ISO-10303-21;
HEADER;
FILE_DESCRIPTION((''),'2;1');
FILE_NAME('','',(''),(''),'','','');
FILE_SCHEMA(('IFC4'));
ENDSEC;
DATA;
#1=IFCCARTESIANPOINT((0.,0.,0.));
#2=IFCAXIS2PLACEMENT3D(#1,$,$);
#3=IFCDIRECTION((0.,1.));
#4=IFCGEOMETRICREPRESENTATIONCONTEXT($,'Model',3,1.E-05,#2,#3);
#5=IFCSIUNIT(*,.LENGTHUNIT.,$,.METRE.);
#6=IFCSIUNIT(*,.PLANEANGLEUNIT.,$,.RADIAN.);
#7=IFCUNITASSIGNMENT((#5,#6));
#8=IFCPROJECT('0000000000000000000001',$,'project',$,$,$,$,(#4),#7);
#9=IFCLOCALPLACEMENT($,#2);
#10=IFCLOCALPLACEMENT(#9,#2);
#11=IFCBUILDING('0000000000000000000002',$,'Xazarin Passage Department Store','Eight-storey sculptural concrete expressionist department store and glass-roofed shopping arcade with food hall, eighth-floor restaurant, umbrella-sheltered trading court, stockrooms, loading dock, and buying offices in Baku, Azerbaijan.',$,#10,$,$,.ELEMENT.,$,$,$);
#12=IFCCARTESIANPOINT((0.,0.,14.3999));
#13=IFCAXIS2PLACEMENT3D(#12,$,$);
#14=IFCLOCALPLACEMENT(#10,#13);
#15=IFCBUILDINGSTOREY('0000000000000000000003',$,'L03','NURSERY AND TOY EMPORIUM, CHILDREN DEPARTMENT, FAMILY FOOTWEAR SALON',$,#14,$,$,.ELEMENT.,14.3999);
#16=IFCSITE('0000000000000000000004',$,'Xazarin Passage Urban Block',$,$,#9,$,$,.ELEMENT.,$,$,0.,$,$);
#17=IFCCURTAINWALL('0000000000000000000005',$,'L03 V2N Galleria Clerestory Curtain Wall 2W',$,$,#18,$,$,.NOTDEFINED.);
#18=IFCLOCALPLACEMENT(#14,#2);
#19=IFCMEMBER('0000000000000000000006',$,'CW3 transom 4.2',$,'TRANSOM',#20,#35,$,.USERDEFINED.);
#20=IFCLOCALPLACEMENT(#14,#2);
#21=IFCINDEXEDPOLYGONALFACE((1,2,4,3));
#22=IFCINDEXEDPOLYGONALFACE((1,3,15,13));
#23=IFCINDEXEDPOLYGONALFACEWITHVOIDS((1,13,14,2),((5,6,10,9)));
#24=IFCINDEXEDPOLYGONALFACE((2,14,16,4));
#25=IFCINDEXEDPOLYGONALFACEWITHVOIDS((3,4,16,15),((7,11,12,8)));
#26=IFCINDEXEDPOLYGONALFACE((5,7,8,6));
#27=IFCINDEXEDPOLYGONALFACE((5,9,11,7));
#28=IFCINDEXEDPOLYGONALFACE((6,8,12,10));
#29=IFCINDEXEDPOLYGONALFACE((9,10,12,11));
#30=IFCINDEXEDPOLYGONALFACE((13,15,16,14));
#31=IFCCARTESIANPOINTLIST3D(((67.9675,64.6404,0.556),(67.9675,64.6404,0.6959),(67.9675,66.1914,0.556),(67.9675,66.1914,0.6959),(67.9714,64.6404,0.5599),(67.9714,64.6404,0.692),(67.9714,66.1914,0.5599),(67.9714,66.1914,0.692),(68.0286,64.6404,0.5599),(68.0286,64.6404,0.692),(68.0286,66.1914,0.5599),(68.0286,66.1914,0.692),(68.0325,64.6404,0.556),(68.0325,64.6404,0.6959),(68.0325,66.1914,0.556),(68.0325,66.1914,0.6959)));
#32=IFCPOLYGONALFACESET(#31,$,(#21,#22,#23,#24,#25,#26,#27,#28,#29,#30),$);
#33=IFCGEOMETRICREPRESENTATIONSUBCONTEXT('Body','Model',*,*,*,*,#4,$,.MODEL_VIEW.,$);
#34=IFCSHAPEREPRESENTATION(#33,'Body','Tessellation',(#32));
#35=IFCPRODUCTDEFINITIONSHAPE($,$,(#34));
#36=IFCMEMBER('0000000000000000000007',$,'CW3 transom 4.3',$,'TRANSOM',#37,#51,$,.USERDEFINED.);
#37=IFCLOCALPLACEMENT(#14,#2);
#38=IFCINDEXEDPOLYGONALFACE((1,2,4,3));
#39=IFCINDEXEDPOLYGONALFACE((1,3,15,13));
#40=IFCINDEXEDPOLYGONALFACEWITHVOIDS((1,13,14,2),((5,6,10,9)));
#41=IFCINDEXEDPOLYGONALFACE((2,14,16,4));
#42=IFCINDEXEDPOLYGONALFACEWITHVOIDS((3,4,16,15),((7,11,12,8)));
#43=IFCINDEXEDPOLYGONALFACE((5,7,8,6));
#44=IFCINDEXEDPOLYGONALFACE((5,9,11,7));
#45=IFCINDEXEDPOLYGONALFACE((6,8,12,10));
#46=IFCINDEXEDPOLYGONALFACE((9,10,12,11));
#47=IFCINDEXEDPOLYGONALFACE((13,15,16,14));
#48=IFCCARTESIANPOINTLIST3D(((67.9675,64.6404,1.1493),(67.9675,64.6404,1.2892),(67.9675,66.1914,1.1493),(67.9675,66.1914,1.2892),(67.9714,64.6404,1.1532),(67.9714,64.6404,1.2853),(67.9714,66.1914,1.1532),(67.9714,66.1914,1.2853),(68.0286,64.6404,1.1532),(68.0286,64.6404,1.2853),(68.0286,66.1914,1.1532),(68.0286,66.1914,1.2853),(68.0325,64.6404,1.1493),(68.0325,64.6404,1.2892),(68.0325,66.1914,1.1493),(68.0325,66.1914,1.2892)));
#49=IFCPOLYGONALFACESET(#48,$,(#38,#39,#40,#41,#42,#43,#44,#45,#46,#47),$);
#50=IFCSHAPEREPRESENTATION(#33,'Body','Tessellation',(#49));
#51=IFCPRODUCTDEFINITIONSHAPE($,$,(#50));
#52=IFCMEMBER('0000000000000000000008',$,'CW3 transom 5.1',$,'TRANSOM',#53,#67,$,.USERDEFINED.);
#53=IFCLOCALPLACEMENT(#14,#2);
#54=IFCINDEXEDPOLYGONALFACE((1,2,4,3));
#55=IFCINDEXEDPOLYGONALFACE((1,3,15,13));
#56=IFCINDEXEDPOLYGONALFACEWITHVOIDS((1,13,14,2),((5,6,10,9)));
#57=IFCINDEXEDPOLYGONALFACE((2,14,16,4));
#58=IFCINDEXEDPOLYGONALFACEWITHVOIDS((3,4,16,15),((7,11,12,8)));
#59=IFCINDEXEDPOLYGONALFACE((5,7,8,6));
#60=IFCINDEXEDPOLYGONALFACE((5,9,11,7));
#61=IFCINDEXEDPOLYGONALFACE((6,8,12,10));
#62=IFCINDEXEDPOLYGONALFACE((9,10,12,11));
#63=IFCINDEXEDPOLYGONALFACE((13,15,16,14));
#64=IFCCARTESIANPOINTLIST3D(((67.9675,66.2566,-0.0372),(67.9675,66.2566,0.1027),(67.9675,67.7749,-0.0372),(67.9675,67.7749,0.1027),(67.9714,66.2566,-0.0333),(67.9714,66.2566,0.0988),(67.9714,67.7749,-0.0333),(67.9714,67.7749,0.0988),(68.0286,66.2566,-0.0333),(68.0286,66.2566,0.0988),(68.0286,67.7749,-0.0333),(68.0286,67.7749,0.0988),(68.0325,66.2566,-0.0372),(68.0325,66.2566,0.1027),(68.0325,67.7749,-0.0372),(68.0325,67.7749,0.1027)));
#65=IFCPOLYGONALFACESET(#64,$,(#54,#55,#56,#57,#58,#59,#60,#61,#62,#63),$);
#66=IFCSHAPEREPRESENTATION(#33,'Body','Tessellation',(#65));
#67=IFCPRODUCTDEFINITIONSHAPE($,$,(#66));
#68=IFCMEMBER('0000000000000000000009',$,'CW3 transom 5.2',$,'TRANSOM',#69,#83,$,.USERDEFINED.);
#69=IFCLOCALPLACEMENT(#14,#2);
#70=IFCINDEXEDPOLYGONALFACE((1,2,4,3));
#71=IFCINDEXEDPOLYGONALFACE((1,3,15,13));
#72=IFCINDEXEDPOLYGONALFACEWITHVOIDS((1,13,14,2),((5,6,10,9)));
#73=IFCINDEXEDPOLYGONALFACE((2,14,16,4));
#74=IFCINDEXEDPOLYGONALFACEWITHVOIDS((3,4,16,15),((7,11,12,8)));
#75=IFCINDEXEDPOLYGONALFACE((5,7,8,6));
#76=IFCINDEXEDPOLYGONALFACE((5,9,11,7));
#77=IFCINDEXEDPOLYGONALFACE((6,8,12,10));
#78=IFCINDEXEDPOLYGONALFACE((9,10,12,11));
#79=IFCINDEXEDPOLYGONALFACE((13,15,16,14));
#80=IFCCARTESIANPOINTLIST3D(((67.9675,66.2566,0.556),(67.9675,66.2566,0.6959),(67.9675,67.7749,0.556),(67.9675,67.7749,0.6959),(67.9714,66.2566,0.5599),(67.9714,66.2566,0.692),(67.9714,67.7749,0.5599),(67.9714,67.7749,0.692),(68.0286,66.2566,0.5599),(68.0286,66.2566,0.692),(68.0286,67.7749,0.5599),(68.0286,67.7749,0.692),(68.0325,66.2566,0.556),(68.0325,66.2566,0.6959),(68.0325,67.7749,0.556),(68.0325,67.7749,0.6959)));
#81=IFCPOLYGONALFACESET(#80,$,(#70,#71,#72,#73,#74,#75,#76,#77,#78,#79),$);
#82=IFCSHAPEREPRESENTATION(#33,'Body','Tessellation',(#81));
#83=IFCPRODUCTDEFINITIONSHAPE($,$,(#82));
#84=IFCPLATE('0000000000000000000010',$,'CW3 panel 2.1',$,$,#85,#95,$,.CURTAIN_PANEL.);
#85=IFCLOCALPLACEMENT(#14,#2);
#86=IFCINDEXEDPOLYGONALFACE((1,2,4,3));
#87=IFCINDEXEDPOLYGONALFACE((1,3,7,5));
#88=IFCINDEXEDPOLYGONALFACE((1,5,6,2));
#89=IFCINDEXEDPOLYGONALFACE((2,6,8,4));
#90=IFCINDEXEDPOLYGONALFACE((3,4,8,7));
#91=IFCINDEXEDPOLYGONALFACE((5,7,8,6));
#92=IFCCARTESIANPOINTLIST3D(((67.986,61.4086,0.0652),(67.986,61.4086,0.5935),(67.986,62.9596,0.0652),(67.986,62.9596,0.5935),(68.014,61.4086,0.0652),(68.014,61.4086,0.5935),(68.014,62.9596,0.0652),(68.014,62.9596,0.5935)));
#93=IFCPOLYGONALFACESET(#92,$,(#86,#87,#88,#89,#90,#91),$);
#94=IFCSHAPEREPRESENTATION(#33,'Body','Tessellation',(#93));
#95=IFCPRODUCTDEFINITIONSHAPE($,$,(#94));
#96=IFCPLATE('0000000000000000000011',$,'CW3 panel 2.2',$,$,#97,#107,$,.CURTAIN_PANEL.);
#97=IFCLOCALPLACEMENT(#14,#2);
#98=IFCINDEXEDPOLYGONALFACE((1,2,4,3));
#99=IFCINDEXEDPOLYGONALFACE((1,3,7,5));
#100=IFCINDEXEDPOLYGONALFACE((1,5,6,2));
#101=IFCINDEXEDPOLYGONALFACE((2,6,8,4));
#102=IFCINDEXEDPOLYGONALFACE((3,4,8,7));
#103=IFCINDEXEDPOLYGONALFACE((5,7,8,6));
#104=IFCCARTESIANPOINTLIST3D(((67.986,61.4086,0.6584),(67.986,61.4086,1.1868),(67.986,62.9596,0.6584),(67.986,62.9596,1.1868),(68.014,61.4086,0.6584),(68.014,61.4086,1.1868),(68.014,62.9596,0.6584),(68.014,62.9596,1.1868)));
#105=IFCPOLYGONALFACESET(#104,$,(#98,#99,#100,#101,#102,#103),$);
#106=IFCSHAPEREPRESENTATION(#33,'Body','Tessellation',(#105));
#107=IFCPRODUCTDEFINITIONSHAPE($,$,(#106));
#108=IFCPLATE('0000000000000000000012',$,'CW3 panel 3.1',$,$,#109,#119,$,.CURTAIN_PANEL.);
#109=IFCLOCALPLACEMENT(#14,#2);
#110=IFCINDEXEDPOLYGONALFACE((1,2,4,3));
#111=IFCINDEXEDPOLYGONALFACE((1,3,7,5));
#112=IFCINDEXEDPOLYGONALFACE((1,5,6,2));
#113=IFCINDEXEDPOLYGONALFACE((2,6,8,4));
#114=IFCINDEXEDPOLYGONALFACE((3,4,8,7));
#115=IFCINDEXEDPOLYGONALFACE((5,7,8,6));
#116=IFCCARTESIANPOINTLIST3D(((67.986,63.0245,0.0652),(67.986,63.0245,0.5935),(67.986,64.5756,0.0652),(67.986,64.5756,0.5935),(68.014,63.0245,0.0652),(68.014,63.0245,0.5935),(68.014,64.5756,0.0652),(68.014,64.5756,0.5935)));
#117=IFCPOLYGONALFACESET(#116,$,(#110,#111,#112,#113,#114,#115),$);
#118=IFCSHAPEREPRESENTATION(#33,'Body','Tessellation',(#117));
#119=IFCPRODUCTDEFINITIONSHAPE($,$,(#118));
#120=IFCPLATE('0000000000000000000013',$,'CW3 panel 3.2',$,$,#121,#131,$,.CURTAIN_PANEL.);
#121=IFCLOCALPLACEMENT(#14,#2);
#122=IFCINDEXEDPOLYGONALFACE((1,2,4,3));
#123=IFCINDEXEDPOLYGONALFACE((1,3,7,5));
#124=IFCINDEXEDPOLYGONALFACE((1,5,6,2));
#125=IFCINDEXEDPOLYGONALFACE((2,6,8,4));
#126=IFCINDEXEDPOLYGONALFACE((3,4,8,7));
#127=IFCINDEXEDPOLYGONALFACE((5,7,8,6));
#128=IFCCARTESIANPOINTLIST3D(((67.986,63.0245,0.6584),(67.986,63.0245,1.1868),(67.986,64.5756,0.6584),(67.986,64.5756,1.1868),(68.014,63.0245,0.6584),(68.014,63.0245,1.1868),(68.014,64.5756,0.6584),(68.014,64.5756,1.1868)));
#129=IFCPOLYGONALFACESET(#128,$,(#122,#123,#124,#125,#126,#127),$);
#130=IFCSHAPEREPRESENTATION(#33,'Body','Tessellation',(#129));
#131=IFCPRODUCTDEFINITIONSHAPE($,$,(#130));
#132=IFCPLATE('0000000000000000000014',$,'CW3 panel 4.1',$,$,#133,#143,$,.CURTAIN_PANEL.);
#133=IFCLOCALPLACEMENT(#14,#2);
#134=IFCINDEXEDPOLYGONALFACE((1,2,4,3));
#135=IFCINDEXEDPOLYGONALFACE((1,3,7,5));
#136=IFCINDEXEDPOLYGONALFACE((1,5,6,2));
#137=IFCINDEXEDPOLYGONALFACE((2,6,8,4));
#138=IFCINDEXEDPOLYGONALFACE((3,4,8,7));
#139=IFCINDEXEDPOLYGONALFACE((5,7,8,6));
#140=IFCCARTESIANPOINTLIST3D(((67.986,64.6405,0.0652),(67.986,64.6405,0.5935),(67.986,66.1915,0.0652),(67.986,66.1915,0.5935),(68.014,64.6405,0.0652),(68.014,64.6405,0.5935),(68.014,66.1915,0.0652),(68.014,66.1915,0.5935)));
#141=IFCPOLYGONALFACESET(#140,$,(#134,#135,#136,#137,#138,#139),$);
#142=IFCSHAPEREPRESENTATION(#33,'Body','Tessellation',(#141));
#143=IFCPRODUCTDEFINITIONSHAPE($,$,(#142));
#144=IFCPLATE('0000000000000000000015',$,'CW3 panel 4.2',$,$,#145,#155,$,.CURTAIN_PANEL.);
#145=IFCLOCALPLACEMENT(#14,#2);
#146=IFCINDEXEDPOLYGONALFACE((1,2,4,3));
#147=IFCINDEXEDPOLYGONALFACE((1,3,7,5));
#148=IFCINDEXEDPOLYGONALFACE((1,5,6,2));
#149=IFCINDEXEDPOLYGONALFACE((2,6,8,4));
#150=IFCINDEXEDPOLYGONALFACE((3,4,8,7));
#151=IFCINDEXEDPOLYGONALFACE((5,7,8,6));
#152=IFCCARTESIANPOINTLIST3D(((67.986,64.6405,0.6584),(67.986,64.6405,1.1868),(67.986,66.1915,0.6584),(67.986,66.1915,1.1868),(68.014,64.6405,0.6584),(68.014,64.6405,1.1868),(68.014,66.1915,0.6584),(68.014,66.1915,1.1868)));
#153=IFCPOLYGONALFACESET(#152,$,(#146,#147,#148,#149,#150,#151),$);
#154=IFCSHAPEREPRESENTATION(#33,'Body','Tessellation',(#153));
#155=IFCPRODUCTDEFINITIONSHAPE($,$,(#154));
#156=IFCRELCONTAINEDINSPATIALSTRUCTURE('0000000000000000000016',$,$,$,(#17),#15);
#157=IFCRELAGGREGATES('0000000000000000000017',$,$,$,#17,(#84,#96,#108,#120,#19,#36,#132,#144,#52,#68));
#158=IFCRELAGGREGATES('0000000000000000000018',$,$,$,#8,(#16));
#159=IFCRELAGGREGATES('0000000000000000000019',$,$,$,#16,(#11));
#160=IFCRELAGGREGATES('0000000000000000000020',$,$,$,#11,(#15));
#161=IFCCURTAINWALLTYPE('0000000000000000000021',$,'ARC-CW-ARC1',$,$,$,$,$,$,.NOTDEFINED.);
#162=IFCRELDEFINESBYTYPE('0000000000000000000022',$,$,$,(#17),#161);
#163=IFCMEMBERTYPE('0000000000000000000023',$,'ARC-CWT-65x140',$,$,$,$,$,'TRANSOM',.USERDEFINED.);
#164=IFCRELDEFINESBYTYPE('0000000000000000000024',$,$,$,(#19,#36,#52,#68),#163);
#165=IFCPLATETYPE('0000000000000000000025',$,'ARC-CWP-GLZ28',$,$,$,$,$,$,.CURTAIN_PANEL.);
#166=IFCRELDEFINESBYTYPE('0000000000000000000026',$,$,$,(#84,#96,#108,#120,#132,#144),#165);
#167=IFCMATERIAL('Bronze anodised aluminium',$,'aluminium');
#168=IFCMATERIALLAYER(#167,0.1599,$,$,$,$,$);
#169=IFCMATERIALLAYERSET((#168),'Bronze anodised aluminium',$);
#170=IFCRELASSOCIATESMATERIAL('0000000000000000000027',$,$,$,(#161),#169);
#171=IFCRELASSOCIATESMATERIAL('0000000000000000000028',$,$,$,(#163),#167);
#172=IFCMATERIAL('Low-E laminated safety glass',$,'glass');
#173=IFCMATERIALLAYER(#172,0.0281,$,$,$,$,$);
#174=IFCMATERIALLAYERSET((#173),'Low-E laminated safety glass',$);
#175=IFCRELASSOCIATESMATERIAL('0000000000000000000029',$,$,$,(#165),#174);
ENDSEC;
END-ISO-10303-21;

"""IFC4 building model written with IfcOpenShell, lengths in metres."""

from ifc_helpers import new_model, si_unit, direction, frame, origin, origin_2d, place, context, subcontext, project, spatial, rectangle, hollow_rectangle, extrude, material, layer, layer_set, material_profile, profile_set, type_object, element, aggregate, save


model = new_model("IFC4")

# Units and contexts
model_context = context("Model", 3, precision=1e-05, world=origin(), true_north=direction((0.0, 1.0)))
body_context = subcontext(model_context, "Body", "Model", "MODEL_VIEW")
ifc_project = project(units=[si_unit("LENGTHUNIT", "METRE"), si_unit("PLANEANGLEUNIT", "RADIAN")], contexts=[model_context])

# Site, building, storey
site_placement = place(None, origin())
site = spatial("IfcSite", under=ifc_project, at=site_placement, Name="Xazarin Passage Urban Block", CompositionType="ELEMENT", RefElevation=0.0)
building_placement = place(site_placement, origin())
building = spatial("IfcBuilding", under=site, at=building_placement, Name="Xazarin Passage Department Store", Description="Eight-storey sculptural concrete expressionist department store and glass-roofed shopping arcade with food hall, eighth-floor restaurant, umbrella-sheltered trading court, stockrooms, loading dock, and buying offices in Baku, Azerbaijan.", CompositionType="ELEMENT")
storey_placement = place(building_placement, frame((0.0, 0.0, 14.3999)))
storey = spatial("IfcBuildingStorey", under=building, at=storey_placement, Name="L03", Description="NURSERY AND TOY EMPORIUM, CHILDREN DEPARTMENT, FAMILY FOOTWEAR SALON", CompositionType="ELEMENT", Elevation=14.3999)

# Curtain wall, members, plates
ifc_material_1 = material(Name="Bronze anodised aluminium", Category="aluminium")
ifc_layer_1 = layer(ifc_material_1, 0.1599)
ifc_layer_set_1 = layer_set([ifc_layer_1], Name="Bronze anodised aluminium")
curtain_wall_type = type_object("IfcCurtainWallType", Name="ARC-CW-ARC1", PredefinedType="NOTDEFINED", material=ifc_layer_set_1)
curtain_wall_placement = place(storey_placement, origin())
curtain_wall = element("IfcCurtainWall", 1, at=curtain_wall_placement, inside=storey, type_object=curtain_wall_type, Name="L03 V2N Galleria Clerestory Curtain Wall 2W", PredefinedType="NOTDEFINED")
ifc_material_profile_1 = material_profile(ifc_material_1, hollow_rectangle(XDim=0.0649, YDim=0.1399, WallThickness=0.0039, at=origin_2d()), Name="ALU 65x140")
ifc_profile_set_1 = profile_set([ifc_material_profile_1], Name="Bronze anodised aluminium")
member_type_1 = type_object("IfcMemberType", Name="ARC-CWT-65x140", ElementType="TRANSOM", PredefinedType="USERDEFINED", material=ifc_profile_set_1)
member_1_placement = place(storey_placement, frame((68.0, 64.6404, 0.626), z_axis=(0.0, 1.0, 0.0), x_axis=(-1.0, 0.0, 0.0)))
member_1 = element("IfcMember", 2, at=member_1_placement, type_object=member_type_1, Name="CW3 transom 4.2", ObjectType="TRANSOM", PredefinedType="USERDEFINED", context=body_context, shape_type="SweptSolid", body=[
    extrude(hollow_rectangle(XDim=0.0649, YDim=0.1399, WallThickness=0.0039, at=origin_2d()), origin(), (0.0, 0.0, 1.0), 1.551),
])
member_2_placement = place(storey_placement, frame((68.0, 64.6404, 1.2192), z_axis=(0.0, 1.0, 0.0), x_axis=(-1.0, 0.0, 0.0)))
member_2 = element("IfcMember", 3, at=member_2_placement, type_object=member_type_1, Name="CW3 transom 4.3", ObjectType="TRANSOM", PredefinedType="USERDEFINED", context=body_context, shape_type="SweptSolid", body=[
    extrude(hollow_rectangle(XDim=0.0649, YDim=0.1399, WallThickness=0.0039, at=origin_2d()), origin(), (0.0, 0.0, 1.0), 1.551),
])
member_3_placement = place(storey_placement, frame((68.0, 66.2566, 0.0327), z_axis=(0.0, 1.0, 0.0), x_axis=(-1.0, 0.0, 0.0)))
member_3 = element("IfcMember", 4, at=member_3_placement, type_object=member_type_1, Name="CW3 transom 5.1", ObjectType="TRANSOM", PredefinedType="USERDEFINED", context=body_context, shape_type="SweptSolid", body=[
    extrude(hollow_rectangle(XDim=0.0649, YDim=0.1399, WallThickness=0.0039, at=origin_2d()), origin(), (0.0, 0.0, 1.0), 1.5183),
])
member_4_placement = place(storey_placement, frame((68.0, 66.2566, 0.626), z_axis=(0.0, 1.0, 0.0), x_axis=(-1.0, 0.0, 0.0)))
member_4 = element("IfcMember", 5, at=member_4_placement, type_object=member_type_1, Name="CW3 transom 5.2", ObjectType="TRANSOM", PredefinedType="USERDEFINED", context=body_context, shape_type="SweptSolid", body=[
    extrude(hollow_rectangle(XDim=0.0649, YDim=0.1399, WallThickness=0.0039, at=origin_2d()), origin(), (0.0, 0.0, 1.0), 1.5183),
])
ifc_material_2 = material(Name="Low-E laminated safety glass", Category="glass")
ifc_layer_2 = layer(ifc_material_2, 0.0281)
ifc_layer_set_2 = layer_set([ifc_layer_2], Name="Low-E laminated safety glass")
plate_type = type_object("IfcPlateType", Name="ARC-CWP-GLZ28", PredefinedType="CURTAIN_PANEL", material=ifc_layer_set_2)
plate_1_placement = place(storey_placement, frame((68.0, 62.1841, 0.0652), z_axis=(0.0, 0.0, 1.0), x_axis=(0.0, 1.0, 0.0)))
plate_1 = element("IfcPlate", 6, at=plate_1_placement, type_object=plate_type, Name="CW3 panel 2.1", PredefinedType="CURTAIN_PANEL", context=body_context, shape_type="SweptSolid", body=[
    extrude(rectangle(XDim=1.551, YDim=0.0281, at=origin_2d()), origin(), (0.0, 0.0, 1.0), 0.5283),
])
plate_2_placement = place(storey_placement, frame((68.0, 62.1841, 0.6584), z_axis=(0.0, 0.0, 1.0), x_axis=(0.0, 1.0, 0.0)))
plate_2 = element("IfcPlate", 7, at=plate_2_placement, type_object=plate_type, Name="CW3 panel 2.2", PredefinedType="CURTAIN_PANEL", context=body_context, shape_type="SweptSolid", body=[
    extrude(rectangle(XDim=1.551, YDim=0.0281, at=origin_2d()), origin(), (0.0, 0.0, 1.0), 0.5283),
])
plate_3_placement = place(storey_placement, frame((68.0, 63.8, 0.0652), z_axis=(0.0, 0.0, 1.0), x_axis=(0.0, 1.0, 0.0)))
plate_3 = element("IfcPlate", 8, at=plate_3_placement, type_object=plate_type, Name="CW3 panel 3.1", PredefinedType="CURTAIN_PANEL", context=body_context, shape_type="SweptSolid", body=[
    extrude(rectangle(XDim=1.551, YDim=0.0281, at=origin_2d()), origin(), (0.0, 0.0, 1.0), 0.5283),
])
plate_4_placement = place(storey_placement, frame((68.0, 63.8, 0.6584), z_axis=(0.0, 0.0, 1.0), x_axis=(0.0, 1.0, 0.0)))
plate_4 = element("IfcPlate", 9, at=plate_4_placement, type_object=plate_type, Name="CW3 panel 3.2", PredefinedType="CURTAIN_PANEL", context=body_context, shape_type="SweptSolid", body=[
    extrude(rectangle(XDim=1.551, YDim=0.0281, at=origin_2d()), origin(), (0.0, 0.0, 1.0), 0.5283),
])
plate_5_placement = place(storey_placement, frame((68.0, 65.416, 0.0652), z_axis=(0.0, 0.0, 1.0), x_axis=(0.0, 1.0, 0.0)))
plate_5 = element("IfcPlate", 10, at=plate_5_placement, type_object=plate_type, Name="CW3 panel 4.1", PredefinedType="CURTAIN_PANEL", context=body_context, shape_type="SweptSolid", body=[
    extrude(rectangle(XDim=1.551, YDim=0.0281, at=origin_2d()), origin(), (0.0, 0.0, 1.0), 0.5283),
])
plate_6_placement = place(storey_placement, frame((68.0, 65.416, 0.6584), z_axis=(0.0, 0.0, 1.0), x_axis=(0.0, 1.0, 0.0)))
plate_6 = element("IfcPlate", 11, at=plate_6_placement, type_object=plate_type, Name="CW3 panel 4.2", PredefinedType="CURTAIN_PANEL", context=body_context, shape_type="SweptSolid", body=[
    extrude(rectangle(XDim=1.551, YDim=0.0281, at=origin_2d()), origin(), (0.0, 0.0, 1.0), 0.5283),
])
aggregate(curtain_wall, [plate_1, plate_2, plate_3, plate_4, member_1, member_2, plate_5, plate_6, member_3, member_4])

save(model, "model.ifc")
